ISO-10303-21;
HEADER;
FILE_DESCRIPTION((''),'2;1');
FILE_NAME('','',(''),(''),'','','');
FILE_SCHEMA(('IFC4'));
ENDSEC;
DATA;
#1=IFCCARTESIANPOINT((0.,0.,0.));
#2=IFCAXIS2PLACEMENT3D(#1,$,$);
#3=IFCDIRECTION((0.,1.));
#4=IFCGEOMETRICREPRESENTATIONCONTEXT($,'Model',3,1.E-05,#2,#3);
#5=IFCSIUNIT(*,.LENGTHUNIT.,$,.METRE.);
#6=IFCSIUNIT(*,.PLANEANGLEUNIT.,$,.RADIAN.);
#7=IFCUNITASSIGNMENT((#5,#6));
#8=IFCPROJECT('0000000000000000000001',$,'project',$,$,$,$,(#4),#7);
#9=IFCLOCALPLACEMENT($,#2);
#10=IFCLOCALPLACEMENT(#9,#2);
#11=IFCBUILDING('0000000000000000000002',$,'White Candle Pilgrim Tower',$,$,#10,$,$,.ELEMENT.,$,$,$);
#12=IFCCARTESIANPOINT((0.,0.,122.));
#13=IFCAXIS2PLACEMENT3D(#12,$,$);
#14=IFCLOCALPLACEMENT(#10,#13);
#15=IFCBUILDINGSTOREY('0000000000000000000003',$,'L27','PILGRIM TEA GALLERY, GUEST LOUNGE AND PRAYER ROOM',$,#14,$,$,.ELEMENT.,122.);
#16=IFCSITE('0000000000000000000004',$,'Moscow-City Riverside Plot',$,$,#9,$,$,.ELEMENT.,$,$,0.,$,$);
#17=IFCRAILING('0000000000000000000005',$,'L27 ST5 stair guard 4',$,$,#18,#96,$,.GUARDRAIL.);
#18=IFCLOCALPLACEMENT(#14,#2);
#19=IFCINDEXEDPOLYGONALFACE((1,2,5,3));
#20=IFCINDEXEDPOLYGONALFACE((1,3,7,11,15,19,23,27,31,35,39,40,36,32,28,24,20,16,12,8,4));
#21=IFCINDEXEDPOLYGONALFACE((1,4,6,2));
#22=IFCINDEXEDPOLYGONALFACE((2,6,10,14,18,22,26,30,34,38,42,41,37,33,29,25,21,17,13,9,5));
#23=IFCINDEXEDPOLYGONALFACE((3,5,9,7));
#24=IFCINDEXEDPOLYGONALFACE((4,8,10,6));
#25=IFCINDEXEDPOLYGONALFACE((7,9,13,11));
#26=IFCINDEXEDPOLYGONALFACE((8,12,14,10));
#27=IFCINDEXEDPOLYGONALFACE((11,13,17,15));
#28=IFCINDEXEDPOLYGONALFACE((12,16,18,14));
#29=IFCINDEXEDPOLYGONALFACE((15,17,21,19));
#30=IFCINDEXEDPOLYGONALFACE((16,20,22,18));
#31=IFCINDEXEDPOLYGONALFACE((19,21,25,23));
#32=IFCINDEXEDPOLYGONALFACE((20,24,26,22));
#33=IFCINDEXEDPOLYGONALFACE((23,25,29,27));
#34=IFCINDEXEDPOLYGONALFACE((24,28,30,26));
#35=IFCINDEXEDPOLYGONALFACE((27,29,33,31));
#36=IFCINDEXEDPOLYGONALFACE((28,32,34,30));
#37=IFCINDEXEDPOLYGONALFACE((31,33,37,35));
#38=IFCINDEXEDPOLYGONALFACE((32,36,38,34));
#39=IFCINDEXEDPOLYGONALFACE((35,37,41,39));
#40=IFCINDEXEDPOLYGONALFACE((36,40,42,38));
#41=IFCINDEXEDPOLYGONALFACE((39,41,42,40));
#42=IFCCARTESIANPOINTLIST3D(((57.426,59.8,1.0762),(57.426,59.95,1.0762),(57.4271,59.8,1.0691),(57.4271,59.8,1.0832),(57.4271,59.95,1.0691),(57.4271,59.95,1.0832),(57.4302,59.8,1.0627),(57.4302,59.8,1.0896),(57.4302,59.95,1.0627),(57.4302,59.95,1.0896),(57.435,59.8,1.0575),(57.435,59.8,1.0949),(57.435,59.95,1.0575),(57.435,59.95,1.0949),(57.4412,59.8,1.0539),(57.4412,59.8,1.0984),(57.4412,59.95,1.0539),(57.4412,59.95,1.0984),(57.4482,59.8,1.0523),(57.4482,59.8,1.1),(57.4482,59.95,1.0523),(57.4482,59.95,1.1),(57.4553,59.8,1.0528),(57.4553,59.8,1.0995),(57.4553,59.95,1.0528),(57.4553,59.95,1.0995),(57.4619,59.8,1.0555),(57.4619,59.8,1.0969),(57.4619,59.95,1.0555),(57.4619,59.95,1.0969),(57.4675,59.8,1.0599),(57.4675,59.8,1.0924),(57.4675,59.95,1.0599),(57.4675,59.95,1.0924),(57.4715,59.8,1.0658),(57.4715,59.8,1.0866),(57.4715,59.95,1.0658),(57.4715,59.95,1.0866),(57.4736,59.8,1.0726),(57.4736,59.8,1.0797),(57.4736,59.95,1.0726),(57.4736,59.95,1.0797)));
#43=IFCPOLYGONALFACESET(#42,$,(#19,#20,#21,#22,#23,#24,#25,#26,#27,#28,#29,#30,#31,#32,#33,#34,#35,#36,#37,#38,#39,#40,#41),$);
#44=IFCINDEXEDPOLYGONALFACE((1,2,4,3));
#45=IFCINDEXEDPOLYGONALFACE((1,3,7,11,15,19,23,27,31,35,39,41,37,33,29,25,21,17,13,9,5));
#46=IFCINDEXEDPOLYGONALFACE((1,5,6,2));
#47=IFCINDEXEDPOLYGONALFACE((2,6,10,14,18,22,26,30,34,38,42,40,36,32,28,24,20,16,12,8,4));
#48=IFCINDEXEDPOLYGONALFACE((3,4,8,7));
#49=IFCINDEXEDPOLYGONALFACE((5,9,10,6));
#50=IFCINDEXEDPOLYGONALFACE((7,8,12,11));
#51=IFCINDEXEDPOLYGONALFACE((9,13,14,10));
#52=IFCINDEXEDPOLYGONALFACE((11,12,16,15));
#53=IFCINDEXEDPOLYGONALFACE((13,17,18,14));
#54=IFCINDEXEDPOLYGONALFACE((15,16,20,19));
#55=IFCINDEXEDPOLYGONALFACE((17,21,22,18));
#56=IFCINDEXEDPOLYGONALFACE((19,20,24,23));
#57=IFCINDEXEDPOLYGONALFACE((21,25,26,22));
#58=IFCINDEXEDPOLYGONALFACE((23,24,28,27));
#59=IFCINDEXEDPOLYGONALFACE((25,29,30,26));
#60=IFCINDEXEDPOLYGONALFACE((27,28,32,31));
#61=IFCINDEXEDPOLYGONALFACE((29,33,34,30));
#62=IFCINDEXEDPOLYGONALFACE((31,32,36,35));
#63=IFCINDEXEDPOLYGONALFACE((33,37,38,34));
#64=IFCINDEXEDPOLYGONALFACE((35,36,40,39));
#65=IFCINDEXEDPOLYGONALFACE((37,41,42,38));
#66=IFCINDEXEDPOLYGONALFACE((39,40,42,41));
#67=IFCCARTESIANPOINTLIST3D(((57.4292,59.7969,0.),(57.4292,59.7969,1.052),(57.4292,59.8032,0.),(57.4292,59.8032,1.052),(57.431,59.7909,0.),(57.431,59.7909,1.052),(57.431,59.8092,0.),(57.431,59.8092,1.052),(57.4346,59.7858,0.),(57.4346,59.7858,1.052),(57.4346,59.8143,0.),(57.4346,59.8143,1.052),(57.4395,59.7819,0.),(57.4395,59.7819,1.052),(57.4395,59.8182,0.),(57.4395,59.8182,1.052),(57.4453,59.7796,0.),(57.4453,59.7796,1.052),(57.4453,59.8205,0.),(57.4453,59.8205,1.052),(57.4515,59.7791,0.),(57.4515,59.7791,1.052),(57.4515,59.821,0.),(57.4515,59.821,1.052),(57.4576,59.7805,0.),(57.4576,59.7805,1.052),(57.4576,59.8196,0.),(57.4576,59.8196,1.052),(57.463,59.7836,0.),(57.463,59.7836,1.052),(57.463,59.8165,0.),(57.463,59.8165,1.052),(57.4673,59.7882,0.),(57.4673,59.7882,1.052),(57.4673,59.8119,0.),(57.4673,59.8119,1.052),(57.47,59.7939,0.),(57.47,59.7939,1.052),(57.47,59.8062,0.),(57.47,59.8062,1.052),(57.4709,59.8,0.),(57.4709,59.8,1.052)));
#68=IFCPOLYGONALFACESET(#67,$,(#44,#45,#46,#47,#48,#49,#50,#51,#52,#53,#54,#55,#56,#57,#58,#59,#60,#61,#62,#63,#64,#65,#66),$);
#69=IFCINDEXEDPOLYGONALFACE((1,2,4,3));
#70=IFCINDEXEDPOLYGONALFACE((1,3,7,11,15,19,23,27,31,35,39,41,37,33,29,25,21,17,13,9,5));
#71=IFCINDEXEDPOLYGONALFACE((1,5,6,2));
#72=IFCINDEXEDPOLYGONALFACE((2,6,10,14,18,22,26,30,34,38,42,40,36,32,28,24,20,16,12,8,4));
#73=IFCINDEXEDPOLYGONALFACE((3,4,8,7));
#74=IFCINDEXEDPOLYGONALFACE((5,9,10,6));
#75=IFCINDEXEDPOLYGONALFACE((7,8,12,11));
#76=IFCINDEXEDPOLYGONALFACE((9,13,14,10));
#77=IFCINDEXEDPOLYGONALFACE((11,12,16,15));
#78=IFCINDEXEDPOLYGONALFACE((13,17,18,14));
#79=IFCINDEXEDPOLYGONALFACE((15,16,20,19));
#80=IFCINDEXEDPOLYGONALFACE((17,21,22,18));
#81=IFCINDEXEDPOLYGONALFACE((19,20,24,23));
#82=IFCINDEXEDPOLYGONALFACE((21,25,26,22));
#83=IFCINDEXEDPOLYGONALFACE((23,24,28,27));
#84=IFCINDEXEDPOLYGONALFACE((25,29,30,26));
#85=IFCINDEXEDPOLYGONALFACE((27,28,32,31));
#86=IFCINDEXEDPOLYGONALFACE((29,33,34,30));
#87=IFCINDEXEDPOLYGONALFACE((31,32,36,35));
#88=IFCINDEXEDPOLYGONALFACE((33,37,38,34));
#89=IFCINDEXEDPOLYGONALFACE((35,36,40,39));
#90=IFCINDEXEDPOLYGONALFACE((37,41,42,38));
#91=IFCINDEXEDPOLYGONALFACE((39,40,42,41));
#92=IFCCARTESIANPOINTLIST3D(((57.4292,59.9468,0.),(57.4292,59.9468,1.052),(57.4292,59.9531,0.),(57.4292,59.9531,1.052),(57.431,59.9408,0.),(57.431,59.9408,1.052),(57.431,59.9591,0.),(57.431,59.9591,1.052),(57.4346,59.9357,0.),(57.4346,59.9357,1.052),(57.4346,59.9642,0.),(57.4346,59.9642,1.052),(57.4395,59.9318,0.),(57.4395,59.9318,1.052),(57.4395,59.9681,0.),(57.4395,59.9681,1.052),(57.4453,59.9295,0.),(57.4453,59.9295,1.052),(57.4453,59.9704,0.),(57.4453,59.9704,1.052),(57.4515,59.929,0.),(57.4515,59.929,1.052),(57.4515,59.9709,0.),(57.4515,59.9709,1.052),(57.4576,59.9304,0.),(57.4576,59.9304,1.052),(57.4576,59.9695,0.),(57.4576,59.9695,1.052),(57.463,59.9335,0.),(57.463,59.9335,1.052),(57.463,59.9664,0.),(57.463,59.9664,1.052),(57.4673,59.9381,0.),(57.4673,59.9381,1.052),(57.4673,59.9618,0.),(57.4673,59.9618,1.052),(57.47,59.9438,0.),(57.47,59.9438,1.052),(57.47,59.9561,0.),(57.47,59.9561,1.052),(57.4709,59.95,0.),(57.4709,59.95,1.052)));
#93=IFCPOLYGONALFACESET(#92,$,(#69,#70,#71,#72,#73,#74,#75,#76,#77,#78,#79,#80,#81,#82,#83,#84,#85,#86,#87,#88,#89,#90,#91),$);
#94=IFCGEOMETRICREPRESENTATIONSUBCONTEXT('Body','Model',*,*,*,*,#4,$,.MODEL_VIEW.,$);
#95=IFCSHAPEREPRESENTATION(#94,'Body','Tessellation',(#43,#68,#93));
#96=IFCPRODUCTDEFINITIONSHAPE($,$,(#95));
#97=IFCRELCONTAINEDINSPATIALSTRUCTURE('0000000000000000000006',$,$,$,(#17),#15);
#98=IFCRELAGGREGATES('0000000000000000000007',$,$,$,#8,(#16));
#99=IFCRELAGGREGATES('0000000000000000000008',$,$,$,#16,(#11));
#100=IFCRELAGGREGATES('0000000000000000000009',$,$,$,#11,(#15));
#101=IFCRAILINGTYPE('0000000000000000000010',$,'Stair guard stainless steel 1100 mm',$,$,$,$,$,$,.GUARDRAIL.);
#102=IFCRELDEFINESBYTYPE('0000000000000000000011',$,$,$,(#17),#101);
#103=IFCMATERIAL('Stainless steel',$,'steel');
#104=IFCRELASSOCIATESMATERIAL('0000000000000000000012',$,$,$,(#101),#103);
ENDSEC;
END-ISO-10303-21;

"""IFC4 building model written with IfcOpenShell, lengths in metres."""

from ifc_helpers import new_model, si_unit, direction, frame, origin, origin_2d, place, context, subcontext, project, spatial, circle, extrude, material, type_object, element, save


model = new_model("IFC4")

# Units and contexts
model_context = context("Model", 3, precision=1e-05, world=origin(), true_north=direction((0.0, 1.0)))
body_context = subcontext(model_context, "Body", "Model", "MODEL_VIEW")
ifc_project = project(units=[si_unit("LENGTHUNIT", "METRE"), si_unit("PLANEANGLEUNIT", "RADIAN")], contexts=[model_context])

# Site, building, storey
site_placement = place(None, origin())
site = spatial("IfcSite", under=ifc_project, at=site_placement, Name="Moscow-City Riverside Plot", CompositionType="ELEMENT", RefElevation=0.0)
building_placement = place(site_placement, origin())
building = spatial("IfcBuilding", under=site, at=building_placement, Name="White Candle Pilgrim Tower", CompositionType="ELEMENT")
storey_placement = place(building_placement, frame((0.0, 0.0, 122.0)))
storey = spatial("IfcBuildingStorey", under=building, at=storey_placement, Name="L27", Description="PILGRIM TEA GALLERY, GUEST LOUNGE AND PRAYER ROOM", CompositionType="ELEMENT", Elevation=122.0)

# Railing
ifc_material_1 = material(Name="Stainless steel", Category="steel")
railing_type_1 = type_object("IfcRailingType", Name="Stair guard stainless steel 1100 mm", PredefinedType="GUARDRAIL", material=ifc_material_1)
railing_1_placement = place(storey_placement, frame((57.45, 59.8, 0.0)))
element("IfcRailing", 1, at=railing_1_placement, inside=storey, type_object=railing_type_1, Name="L27 ST5 stair guard 4", PredefinedType="GUARDRAIL", context=body_context, shape_type="SweptSolid", body=[
    extrude(circle(Radius=0.0239, at=origin_2d()), frame((0.0, 0.0, 1.0762), z_axis=(0.0, 1.0, 0.0), x_axis=(-1.0, 0.0, 0.0)), (0.0, 0.0, 1.0), 0.1499),
    extrude(circle(Radius=0.021, at=origin_2d()), origin(), (0.0, 0.0, 1.0), 1.052),
    extrude(circle(Radius=0.021, at=origin_2d()), frame((0.0, 0.1499, 0.0)), (0.0, 0.0, 1.0), 1.052),
])

save(model, "model.ifc")
